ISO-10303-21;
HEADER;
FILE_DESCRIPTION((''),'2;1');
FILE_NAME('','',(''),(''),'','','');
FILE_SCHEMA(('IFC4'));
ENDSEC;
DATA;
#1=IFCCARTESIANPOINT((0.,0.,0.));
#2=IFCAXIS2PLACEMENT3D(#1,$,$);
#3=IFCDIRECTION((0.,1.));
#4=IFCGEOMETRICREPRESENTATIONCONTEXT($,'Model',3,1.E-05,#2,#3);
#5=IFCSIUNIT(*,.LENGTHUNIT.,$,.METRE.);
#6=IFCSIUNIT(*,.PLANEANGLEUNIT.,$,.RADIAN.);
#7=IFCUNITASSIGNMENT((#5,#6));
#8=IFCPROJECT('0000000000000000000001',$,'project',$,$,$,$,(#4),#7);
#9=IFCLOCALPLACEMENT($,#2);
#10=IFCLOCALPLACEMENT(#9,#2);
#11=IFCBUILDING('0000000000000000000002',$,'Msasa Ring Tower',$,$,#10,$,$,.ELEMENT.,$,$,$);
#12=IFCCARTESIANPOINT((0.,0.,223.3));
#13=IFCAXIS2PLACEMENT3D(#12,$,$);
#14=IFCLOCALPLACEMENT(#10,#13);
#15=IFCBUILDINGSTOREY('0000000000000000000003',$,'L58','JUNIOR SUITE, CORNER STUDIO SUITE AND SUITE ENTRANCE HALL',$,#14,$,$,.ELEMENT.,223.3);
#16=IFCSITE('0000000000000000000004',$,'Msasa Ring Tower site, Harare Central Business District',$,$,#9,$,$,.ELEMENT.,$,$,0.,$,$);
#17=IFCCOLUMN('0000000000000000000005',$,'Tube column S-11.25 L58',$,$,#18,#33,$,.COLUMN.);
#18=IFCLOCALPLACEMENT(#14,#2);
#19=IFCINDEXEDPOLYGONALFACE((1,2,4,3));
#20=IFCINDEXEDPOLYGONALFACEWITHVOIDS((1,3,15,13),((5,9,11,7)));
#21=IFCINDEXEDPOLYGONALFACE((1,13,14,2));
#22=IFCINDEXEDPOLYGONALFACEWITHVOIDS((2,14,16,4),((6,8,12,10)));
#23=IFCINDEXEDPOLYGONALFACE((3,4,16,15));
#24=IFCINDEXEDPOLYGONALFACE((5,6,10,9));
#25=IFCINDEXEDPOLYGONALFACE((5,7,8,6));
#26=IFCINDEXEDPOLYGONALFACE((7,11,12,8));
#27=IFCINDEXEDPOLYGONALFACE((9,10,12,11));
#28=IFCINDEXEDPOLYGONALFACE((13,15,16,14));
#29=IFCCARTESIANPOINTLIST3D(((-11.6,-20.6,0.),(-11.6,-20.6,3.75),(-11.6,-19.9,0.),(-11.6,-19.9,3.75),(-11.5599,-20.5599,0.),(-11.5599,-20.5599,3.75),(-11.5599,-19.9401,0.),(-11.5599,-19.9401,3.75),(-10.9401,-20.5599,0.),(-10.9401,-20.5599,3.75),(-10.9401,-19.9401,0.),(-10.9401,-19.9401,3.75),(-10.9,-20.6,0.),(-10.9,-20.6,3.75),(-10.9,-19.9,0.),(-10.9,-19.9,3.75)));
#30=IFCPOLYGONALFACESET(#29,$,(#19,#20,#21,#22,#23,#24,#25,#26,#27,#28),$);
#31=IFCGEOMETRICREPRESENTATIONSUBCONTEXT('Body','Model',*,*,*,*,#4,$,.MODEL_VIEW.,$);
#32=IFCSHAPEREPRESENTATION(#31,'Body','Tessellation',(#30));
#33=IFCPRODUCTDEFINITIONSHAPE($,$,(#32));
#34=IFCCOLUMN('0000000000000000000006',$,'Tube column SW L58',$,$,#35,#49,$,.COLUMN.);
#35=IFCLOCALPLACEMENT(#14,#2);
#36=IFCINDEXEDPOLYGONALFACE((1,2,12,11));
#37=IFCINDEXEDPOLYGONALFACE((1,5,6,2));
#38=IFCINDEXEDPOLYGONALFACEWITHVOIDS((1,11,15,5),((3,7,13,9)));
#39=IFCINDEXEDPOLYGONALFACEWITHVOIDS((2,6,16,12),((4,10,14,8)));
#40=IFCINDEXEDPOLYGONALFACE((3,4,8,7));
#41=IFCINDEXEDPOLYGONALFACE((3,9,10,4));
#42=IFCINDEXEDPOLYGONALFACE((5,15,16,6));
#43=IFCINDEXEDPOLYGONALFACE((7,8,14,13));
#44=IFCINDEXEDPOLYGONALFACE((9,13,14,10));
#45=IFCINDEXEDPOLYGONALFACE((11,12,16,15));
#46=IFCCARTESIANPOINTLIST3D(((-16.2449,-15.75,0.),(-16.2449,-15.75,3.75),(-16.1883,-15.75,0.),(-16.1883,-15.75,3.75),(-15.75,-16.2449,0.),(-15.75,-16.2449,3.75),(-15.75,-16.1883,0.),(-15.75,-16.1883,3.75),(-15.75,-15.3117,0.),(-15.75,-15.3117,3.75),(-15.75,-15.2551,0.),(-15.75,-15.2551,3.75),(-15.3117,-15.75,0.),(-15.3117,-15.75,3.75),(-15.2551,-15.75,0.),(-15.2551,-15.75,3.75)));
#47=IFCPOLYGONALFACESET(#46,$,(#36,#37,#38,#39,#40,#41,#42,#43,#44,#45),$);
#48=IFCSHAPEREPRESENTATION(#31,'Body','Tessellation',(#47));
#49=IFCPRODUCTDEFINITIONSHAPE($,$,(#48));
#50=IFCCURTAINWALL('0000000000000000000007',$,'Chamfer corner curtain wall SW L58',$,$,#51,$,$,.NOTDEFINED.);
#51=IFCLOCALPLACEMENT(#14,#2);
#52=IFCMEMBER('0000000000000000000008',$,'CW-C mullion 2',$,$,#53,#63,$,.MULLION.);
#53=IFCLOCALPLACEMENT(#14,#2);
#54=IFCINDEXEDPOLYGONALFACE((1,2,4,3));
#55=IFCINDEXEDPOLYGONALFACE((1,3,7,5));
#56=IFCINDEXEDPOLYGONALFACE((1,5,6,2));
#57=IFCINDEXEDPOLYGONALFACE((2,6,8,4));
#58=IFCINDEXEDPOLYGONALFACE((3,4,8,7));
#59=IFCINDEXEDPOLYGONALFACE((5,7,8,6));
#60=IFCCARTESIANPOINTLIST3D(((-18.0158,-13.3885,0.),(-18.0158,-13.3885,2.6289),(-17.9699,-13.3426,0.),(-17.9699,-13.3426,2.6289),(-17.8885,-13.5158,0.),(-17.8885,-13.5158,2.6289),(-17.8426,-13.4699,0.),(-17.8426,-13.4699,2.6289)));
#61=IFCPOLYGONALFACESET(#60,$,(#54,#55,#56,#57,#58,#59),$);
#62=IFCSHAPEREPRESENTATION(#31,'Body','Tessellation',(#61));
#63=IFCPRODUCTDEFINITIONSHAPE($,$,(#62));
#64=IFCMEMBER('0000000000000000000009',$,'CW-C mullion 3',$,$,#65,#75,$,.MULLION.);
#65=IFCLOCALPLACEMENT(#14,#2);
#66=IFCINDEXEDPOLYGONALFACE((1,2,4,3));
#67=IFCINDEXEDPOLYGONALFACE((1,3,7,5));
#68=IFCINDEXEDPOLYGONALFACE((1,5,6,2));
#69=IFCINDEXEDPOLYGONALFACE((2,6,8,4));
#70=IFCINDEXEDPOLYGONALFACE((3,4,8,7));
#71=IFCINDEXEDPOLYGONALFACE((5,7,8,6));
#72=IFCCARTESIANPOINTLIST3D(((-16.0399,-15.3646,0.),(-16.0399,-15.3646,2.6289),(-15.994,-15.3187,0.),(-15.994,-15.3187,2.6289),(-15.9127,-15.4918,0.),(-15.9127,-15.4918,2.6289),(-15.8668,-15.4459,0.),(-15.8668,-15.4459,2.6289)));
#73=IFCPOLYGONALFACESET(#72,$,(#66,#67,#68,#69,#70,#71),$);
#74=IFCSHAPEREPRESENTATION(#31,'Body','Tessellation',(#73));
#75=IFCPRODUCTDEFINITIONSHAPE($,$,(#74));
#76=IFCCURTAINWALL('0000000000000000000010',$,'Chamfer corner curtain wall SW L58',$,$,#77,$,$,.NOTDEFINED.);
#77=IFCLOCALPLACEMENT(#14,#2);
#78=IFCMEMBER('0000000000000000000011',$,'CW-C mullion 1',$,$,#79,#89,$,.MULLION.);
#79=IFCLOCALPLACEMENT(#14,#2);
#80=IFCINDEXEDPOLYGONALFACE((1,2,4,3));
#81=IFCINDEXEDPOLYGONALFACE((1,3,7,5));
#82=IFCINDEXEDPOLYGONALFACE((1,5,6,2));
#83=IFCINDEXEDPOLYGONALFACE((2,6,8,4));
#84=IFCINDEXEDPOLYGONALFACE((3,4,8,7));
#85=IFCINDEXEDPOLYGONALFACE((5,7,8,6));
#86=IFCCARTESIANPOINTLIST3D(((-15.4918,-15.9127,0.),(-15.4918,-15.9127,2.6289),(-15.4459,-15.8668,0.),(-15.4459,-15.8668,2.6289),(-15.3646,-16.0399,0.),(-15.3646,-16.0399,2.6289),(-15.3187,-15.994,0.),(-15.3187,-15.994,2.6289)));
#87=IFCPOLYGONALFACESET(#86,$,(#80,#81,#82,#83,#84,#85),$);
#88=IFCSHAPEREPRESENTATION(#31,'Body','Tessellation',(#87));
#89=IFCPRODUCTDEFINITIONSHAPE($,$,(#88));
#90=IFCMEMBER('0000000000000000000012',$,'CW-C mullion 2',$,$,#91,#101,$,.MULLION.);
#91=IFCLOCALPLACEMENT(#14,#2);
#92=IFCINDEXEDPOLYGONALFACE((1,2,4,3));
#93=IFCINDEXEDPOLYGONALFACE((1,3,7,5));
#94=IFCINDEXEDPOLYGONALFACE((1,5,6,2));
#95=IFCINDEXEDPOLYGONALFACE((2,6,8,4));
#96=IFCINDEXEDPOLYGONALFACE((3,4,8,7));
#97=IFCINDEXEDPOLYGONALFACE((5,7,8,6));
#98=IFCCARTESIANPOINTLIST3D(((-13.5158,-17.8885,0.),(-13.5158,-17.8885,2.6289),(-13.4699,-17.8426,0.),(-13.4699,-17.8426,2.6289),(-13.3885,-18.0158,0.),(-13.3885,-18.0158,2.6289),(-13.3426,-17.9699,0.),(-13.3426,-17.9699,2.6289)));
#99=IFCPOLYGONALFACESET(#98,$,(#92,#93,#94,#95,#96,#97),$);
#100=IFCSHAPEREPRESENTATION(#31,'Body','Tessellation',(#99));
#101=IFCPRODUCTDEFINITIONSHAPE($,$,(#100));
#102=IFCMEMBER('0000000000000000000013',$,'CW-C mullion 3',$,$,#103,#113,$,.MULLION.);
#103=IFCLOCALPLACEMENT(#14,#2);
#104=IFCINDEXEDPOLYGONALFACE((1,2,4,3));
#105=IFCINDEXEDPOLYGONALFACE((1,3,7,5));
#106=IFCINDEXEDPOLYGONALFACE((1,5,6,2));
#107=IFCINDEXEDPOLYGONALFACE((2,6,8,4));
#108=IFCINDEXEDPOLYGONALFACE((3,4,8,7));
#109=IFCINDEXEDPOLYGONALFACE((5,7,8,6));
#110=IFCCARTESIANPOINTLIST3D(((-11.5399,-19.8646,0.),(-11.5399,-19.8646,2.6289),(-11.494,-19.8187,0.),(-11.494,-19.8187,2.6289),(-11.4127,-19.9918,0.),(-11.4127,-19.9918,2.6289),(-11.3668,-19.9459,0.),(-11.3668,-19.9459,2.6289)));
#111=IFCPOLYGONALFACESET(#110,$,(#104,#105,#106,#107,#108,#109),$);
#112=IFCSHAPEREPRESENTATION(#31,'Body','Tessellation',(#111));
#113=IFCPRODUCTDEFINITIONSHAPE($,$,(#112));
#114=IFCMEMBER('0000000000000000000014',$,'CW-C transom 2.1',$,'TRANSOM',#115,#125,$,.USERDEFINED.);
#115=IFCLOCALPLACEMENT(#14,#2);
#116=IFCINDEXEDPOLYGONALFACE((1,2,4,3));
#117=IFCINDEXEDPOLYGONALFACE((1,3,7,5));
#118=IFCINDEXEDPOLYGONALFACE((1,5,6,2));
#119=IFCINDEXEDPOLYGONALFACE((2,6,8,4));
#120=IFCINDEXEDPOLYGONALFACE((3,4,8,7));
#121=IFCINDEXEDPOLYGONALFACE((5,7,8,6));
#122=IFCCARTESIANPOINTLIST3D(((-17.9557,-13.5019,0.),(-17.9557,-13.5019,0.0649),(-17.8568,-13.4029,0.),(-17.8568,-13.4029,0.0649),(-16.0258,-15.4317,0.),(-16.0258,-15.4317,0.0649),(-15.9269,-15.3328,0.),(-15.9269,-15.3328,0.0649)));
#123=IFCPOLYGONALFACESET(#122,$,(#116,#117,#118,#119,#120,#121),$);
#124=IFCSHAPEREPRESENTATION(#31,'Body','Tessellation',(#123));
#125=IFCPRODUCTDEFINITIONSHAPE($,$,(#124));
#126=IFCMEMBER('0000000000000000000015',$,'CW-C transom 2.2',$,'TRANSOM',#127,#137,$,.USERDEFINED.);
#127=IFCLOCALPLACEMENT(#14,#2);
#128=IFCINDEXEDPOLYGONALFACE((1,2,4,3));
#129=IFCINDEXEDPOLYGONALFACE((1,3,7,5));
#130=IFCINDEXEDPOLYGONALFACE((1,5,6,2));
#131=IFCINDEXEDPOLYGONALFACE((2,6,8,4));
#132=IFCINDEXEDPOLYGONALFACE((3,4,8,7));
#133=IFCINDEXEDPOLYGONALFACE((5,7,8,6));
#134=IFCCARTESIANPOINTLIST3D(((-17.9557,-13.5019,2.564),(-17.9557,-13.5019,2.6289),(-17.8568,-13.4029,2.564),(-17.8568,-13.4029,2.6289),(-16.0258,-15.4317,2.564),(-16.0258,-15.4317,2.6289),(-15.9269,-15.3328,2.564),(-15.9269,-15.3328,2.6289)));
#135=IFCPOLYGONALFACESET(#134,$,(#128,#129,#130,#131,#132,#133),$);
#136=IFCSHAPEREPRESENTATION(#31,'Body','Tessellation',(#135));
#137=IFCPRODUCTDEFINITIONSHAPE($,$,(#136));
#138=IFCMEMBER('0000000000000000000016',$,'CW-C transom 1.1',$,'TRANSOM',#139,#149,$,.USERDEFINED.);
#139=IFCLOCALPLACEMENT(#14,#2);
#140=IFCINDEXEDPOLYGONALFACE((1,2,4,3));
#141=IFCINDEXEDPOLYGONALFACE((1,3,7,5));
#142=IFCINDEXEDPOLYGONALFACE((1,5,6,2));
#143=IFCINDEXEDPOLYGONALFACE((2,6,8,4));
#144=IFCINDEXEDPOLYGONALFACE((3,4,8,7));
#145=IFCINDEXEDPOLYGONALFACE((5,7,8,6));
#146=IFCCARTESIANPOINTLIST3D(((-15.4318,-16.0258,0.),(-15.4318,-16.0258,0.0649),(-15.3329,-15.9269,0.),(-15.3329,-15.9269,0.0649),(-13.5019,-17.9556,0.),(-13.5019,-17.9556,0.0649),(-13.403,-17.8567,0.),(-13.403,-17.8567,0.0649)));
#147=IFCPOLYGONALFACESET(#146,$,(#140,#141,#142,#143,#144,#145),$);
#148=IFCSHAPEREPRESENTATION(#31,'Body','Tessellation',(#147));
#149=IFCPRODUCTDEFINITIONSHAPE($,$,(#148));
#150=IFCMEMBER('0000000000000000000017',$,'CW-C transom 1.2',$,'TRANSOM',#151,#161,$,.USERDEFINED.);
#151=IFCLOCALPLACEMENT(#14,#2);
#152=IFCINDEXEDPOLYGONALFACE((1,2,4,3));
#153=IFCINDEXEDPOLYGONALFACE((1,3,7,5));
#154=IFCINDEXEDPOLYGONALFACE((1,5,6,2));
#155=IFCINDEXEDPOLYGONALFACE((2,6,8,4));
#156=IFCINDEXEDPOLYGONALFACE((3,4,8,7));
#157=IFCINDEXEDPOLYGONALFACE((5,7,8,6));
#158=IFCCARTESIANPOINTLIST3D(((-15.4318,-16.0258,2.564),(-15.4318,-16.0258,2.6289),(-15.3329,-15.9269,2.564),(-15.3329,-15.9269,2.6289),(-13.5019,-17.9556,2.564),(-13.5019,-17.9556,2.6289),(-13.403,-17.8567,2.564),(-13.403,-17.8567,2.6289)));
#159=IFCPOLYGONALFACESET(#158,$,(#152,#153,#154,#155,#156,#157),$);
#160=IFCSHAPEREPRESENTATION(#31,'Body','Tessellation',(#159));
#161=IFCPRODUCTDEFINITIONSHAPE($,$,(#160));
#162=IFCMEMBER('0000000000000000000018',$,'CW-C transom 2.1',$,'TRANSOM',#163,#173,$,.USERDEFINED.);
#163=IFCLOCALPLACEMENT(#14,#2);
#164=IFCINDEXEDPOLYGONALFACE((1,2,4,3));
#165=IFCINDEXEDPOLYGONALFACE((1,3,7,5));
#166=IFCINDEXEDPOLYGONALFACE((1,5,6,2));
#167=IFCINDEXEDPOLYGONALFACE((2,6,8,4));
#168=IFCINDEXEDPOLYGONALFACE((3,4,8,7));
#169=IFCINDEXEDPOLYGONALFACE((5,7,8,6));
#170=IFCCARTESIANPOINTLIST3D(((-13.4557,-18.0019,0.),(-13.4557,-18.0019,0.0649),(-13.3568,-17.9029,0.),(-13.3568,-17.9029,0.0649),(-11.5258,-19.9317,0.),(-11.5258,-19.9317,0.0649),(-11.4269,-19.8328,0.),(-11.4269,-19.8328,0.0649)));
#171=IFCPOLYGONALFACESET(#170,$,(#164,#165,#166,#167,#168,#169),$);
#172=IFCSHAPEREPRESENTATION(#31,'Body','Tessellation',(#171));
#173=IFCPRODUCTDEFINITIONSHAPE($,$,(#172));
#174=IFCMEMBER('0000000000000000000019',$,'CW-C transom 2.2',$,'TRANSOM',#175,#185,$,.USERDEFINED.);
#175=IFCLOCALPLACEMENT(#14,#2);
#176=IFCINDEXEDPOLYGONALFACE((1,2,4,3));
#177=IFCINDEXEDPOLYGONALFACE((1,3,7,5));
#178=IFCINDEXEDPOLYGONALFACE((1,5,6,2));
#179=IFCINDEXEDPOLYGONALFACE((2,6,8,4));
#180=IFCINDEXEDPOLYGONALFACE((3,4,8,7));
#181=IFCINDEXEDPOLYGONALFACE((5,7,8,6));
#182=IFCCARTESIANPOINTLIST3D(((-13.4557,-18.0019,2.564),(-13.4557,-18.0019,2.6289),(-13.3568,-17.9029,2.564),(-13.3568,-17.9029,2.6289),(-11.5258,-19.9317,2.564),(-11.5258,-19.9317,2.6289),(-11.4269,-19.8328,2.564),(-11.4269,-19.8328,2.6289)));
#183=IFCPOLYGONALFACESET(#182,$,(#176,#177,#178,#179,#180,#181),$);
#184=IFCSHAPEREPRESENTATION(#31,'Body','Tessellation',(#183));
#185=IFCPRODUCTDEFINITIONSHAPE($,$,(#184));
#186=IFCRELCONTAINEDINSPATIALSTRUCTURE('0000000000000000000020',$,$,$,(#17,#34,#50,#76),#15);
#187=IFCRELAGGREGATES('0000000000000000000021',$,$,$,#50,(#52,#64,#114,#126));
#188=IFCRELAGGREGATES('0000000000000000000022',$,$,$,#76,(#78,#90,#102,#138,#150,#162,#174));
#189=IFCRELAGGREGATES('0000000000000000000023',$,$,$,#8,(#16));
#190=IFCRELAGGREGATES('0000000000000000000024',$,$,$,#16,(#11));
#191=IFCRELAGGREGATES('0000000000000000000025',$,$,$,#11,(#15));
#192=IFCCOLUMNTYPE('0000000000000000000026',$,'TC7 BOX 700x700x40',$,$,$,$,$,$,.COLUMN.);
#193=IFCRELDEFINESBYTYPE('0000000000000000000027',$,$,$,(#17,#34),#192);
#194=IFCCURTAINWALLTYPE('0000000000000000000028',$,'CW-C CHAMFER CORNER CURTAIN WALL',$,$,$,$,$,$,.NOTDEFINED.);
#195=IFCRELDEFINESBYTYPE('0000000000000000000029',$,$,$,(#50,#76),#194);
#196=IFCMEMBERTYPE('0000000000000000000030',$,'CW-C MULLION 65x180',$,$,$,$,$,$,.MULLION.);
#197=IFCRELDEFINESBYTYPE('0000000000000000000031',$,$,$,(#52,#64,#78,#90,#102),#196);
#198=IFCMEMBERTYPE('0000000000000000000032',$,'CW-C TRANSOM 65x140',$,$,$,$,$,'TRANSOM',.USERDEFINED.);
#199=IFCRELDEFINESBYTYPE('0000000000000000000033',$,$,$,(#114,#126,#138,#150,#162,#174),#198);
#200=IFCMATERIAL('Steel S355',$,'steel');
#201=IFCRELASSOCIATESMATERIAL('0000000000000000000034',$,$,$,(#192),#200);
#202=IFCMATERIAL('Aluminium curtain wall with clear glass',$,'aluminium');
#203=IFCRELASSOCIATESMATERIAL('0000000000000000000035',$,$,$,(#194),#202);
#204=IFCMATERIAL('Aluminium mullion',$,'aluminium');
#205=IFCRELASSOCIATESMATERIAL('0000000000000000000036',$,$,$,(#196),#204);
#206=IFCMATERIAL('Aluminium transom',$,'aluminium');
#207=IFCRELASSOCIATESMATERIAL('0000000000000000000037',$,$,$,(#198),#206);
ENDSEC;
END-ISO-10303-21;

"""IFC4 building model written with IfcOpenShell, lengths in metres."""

from ifc_helpers import new_model, si_unit, direction, frame, origin, origin_2d, place, context, subcontext, project, spatial, rectangle, hollow_rectangle, extrude, material, material_profile, profile_set, type_object, element, aggregate, save


model = new_model("IFC4")

# Units and contexts
model_context = context("Model", 3, precision=1e-05, world=origin(), true_north=direction((0.0, 1.0)))
body_context = subcontext(model_context, "Body", "Model", "MODEL_VIEW")
ifc_project = project(units=[si_unit("LENGTHUNIT", "METRE"), si_unit("PLANEANGLEUNIT", "RADIAN")], contexts=[model_context])

# Site, building, storey
site_placement = place(None, origin())
site = spatial("IfcSite", under=ifc_project, at=site_placement, Name="Msasa Ring Tower site, Harare Central Business District", CompositionType="ELEMENT", RefElevation=0.0)
building_placement = place(site_placement, origin())
building = spatial("IfcBuilding", under=site, at=building_placement, Name="Msasa Ring Tower", CompositionType="ELEMENT")
storey_placement = place(building_placement, frame((0.0, 0.0, 223.3)))
storey = spatial("IfcBuildingStorey", under=building, at=storey_placement, Name="L58", Description="JUNIOR SUITE, CORNER STUDIO SUITE AND SUITE ENTRANCE HALL", CompositionType="ELEMENT", Elevation=223.3)

# Columns
ifc_material_1 = material(Name="Steel S355", Category="steel")
ifc_material_profile_1 = material_profile(ifc_material_1, hollow_rectangle(XDim=0.7, YDim=0.7, WallThickness=0.04, at=origin_2d()), Name="BOX 700x700x40")
ifc_profile_set_1 = profile_set([ifc_material_profile_1], Name="Steel S355")
column_type = type_object("IfcColumnType", Name="TC7 BOX 700x700x40", PredefinedType="COLUMN", material=ifc_profile_set_1)
for number, where, z_axis, x_axis, name in (
    (1, (-11.25, -20.25, 0.0), (0.0, 0.0, 1.0), (0.0, 1.0, 0.0), "Tube column S-11.25 L58"),
    (2, (-15.75, -15.75, 0.0), (0.0, 0.0, 1.0), (0.707107, 0.707107, 0.0), "Tube column SW L58"),
):
    element("IfcColumn", number, at=place(storey_placement, frame(where, z_axis=z_axis, x_axis=x_axis)), inside=storey, type_object=column_type, Name=name, PredefinedType="COLUMN", context=body_context, shape_type="SweptSolid", body=[
        extrude(hollow_rectangle(XDim=0.7, YDim=0.7, WallThickness=0.04, at=origin_2d()), origin(), (0.0, 0.0, 1.0), 3.75),
    ])

# Curtain walls, members
ifc_material_2 = material(Name="Aluminium curtain wall with clear glass", Category="aluminium")
curtain_wall_type = type_object("IfcCurtainWallType", Name="CW-C CHAMFER CORNER CURTAIN WALL", PredefinedType="NOTDEFINED", material=ifc_material_2)
curtain_wall_1_placement = place(storey_placement, origin())
curtain_wall_1 = element("IfcCurtainWall", 3, at=curtain_wall_1_placement, inside=storey, type_object=curtain_wall_type, Name="Chamfer corner curtain wall SW L58", PredefinedType="NOTDEFINED")
ifc_material_3 = material(Name="Aluminium mullion", Category="aluminium")
ifc_material_profile_2 = material_profile(ifc_material_3, rectangle(XDim=0.0649, YDim=0.1799, at=origin_2d()), Name="AL 65x180")
ifc_profile_set_2 = profile_set([ifc_material_profile_2], Name="Aluminium mullion")
member_type_1 = type_object("IfcMemberType", Name="CW-C MULLION 65x180", PredefinedType="MULLION", material=ifc_profile_set_2)
member_1_placement = place(storey_placement, frame((-17.9292, -13.4292, 0.0), z_axis=(0.0, 0.0, 1.0), x_axis=(0.707107, 0.707107, 0.0)))
member_1 = element("IfcMember", 4, at=member_1_placement, type_object=member_type_1, Name="CW-C mullion 2", PredefinedType="MULLION", context=body_context, shape_type="SweptSolid", body=[
    extrude(rectangle(XDim=0.0649, YDim=0.1799, at=origin_2d()), origin(), (0.0, 0.0, 1.0), 2.6289),
])
member_2_placement = place(storey_placement, frame((-15.9534, -15.4053, 0.0), z_axis=(0.0, 0.0, 1.0), x_axis=(0.707107, 0.707107, 0.0)))
member_2 = element("IfcMember", 5, at=member_2_placement, type_object=member_type_1, Name="CW-C mullion 3", PredefinedType="MULLION", context=body_context, shape_type="SweptSolid", body=[
    extrude(rectangle(XDim=0.0649, YDim=0.1799, at=origin_2d()), origin(), (0.0, 0.0, 1.0), 2.6289),
])
curtain_wall_2_placement = place(storey_placement, origin())
curtain_wall_2 = element("IfcCurtainWall", 6, at=curtain_wall_2_placement, inside=storey, type_object=curtain_wall_type, Name="Chamfer corner curtain wall SW L58", PredefinedType="NOTDEFINED")
member_3_placement = place(storey_placement, frame((-15.4053, -15.9534, 0.0), z_axis=(0.0, 0.0, 1.0), x_axis=(0.707107, 0.707107, 0.0)))
member_3 = element("IfcMember", 7, at=member_3_placement, type_object=member_type_1, Name="CW-C mullion 1", PredefinedType="MULLION", context=body_context, shape_type="SweptSolid", body=[
    extrude(rectangle(XDim=0.0649, YDim=0.1799, at=origin_2d()), origin(), (0.0, 0.0, 1.0), 2.6289),
])
member_4_placement = place(storey_placement, frame((-13.4292, -17.9292, 0.0), z_axis=(0.0, 0.0, 1.0), x_axis=(0.707107, 0.707107, 0.0)))
member_4 = element("IfcMember", 8, at=member_4_placement, type_object=member_type_1, Name="CW-C mullion 2", PredefinedType="MULLION", context=body_context, shape_type="SweptSolid", body=[
    extrude(rectangle(XDim=0.0649, YDim=0.1799, at=origin_2d()), origin(), (0.0, 0.0, 1.0), 2.6289),
])
member_5_placement = place(storey_placement, frame((-11.4534, -19.9053, 0.0), z_axis=(0.0, 0.0, 1.0), x_axis=(0.707107, 0.707107, 0.0)))
member_5 = element("IfcMember", 9, at=member_5_placement, type_object=member_type_1, Name="CW-C mullion 3", PredefinedType="MULLION", context=body_context, shape_type="SweptSolid", body=[
    extrude(rectangle(XDim=0.0649, YDim=0.1799, at=origin_2d()), origin(), (0.0, 0.0, 1.0), 2.6289),
])

# Members
ifc_material_4 = material(Name="Aluminium transom", Category="aluminium")
ifc_material_profile_3 = material_profile(ifc_material_4, rectangle(XDim=0.1399, YDim=0.0649, at=origin_2d()), Name="AL 65x140")
ifc_profile_set_3 = profile_set([ifc_material_profile_3], Name="Aluminium transom")
member_type_2 = type_object("IfcMemberType", Name="CW-C TRANSOM 65x140", ElementType="TRANSOM", PredefinedType="USERDEFINED", material=ifc_profile_set_3)
member_6_placement = place(storey_placement, frame((-17.9062, -13.4524, 0.0325), z_axis=(0.707107, -0.707107, 0.0), x_axis=(0.707107, 0.707107, 0.0)))
member_6 = element("IfcMember", 10, at=member_6_placement, type_object=member_type_2, Name="CW-C transom 2.1", ObjectType="TRANSOM", PredefinedType="USERDEFINED", context=body_context, shape_type="SweptSolid", body=[
    extrude(rectangle(XDim=0.1399, YDim=0.0649, at=origin_2d()), origin(), (0.0, 0.0, 1.0), 2.7292),
])
member_7_placement = place(storey_placement, frame((-17.9062, -13.4524, 2.5964), z_axis=(0.707107, -0.707107, 0.0), x_axis=(0.707107, 0.707107, 0.0)))
member_7 = element("IfcMember", 11, at=member_7_placement, type_object=member_type_2, Name="CW-C transom 2.2", ObjectType="TRANSOM", PredefinedType="USERDEFINED", context=body_context, shape_type="SweptSolid", body=[
    extrude(rectangle(XDim=0.1399, YDim=0.0649, at=origin_2d()), origin(), (0.0, 0.0, 1.0), 2.7292),
])
member_8_placement = place(storey_placement, frame((-15.3823, -15.9763, 0.0325), z_axis=(0.707107, -0.707107, 0.0), x_axis=(0.707107, 0.707107, 0.0)))
member_8 = element("IfcMember", 12, at=member_8_placement, type_object=member_type_2, Name="CW-C transom 1.1", ObjectType="TRANSOM", PredefinedType="USERDEFINED", context=body_context, shape_type="SweptSolid", body=[
    extrude(rectangle(XDim=0.1399, YDim=0.0649, at=origin_2d()), origin(), (0.0, 0.0, 1.0), 2.7292),
])
member_9_placement = place(storey_placement, frame((-15.3823, -15.9763, 2.5964), z_axis=(0.707107, -0.707107, 0.0), x_axis=(0.707107, 0.707107, 0.0)))
member_9 = element("IfcMember", 13, at=member_9_placement, type_object=member_type_2, Name="CW-C transom 1.2", ObjectType="TRANSOM", PredefinedType="USERDEFINED", context=body_context, shape_type="SweptSolid", body=[
    extrude(rectangle(XDim=0.1399, YDim=0.0649, at=origin_2d()), origin(), (0.0, 0.0, 1.0), 2.7292),
])
member_10_placement = place(storey_placement, frame((-13.4062, -17.9524, 0.0325), z_axis=(0.707107, -0.707107, 0.0), x_axis=(0.707107, 0.707107, 0.0)))
member_10 = element("IfcMember", 14, at=member_10_placement, type_object=member_type_2, Name="CW-C transom 2.1", ObjectType="TRANSOM", PredefinedType="USERDEFINED", context=body_context, shape_type="SweptSolid", body=[
    extrude(rectangle(XDim=0.1399, YDim=0.0649, at=origin_2d()), origin(), (0.0, 0.0, 1.0), 2.7292),
])
member_11_placement = place(storey_placement, frame((-13.4062, -17.9524, 2.5964), z_axis=(0.707107, -0.707107, 0.0), x_axis=(0.707107, 0.707107, 0.0)))
member_11 = element("IfcMember", 15, at=member_11_placement, type_object=member_type_2, Name="CW-C transom 2.2", ObjectType="TRANSOM", PredefinedType="USERDEFINED", context=body_context, shape_type="SweptSolid", body=[
    extrude(rectangle(XDim=0.1399, YDim=0.0649, at=origin_2d()), origin(), (0.0, 0.0, 1.0), 2.7292),
])

aggregate(curtain_wall_1, [member_1, member_2, member_6, member_7])
aggregate(curtain_wall_2, [member_3, member_4, member_5, member_8, member_9, member_10, member_11])

save(model, "model.ifc")
